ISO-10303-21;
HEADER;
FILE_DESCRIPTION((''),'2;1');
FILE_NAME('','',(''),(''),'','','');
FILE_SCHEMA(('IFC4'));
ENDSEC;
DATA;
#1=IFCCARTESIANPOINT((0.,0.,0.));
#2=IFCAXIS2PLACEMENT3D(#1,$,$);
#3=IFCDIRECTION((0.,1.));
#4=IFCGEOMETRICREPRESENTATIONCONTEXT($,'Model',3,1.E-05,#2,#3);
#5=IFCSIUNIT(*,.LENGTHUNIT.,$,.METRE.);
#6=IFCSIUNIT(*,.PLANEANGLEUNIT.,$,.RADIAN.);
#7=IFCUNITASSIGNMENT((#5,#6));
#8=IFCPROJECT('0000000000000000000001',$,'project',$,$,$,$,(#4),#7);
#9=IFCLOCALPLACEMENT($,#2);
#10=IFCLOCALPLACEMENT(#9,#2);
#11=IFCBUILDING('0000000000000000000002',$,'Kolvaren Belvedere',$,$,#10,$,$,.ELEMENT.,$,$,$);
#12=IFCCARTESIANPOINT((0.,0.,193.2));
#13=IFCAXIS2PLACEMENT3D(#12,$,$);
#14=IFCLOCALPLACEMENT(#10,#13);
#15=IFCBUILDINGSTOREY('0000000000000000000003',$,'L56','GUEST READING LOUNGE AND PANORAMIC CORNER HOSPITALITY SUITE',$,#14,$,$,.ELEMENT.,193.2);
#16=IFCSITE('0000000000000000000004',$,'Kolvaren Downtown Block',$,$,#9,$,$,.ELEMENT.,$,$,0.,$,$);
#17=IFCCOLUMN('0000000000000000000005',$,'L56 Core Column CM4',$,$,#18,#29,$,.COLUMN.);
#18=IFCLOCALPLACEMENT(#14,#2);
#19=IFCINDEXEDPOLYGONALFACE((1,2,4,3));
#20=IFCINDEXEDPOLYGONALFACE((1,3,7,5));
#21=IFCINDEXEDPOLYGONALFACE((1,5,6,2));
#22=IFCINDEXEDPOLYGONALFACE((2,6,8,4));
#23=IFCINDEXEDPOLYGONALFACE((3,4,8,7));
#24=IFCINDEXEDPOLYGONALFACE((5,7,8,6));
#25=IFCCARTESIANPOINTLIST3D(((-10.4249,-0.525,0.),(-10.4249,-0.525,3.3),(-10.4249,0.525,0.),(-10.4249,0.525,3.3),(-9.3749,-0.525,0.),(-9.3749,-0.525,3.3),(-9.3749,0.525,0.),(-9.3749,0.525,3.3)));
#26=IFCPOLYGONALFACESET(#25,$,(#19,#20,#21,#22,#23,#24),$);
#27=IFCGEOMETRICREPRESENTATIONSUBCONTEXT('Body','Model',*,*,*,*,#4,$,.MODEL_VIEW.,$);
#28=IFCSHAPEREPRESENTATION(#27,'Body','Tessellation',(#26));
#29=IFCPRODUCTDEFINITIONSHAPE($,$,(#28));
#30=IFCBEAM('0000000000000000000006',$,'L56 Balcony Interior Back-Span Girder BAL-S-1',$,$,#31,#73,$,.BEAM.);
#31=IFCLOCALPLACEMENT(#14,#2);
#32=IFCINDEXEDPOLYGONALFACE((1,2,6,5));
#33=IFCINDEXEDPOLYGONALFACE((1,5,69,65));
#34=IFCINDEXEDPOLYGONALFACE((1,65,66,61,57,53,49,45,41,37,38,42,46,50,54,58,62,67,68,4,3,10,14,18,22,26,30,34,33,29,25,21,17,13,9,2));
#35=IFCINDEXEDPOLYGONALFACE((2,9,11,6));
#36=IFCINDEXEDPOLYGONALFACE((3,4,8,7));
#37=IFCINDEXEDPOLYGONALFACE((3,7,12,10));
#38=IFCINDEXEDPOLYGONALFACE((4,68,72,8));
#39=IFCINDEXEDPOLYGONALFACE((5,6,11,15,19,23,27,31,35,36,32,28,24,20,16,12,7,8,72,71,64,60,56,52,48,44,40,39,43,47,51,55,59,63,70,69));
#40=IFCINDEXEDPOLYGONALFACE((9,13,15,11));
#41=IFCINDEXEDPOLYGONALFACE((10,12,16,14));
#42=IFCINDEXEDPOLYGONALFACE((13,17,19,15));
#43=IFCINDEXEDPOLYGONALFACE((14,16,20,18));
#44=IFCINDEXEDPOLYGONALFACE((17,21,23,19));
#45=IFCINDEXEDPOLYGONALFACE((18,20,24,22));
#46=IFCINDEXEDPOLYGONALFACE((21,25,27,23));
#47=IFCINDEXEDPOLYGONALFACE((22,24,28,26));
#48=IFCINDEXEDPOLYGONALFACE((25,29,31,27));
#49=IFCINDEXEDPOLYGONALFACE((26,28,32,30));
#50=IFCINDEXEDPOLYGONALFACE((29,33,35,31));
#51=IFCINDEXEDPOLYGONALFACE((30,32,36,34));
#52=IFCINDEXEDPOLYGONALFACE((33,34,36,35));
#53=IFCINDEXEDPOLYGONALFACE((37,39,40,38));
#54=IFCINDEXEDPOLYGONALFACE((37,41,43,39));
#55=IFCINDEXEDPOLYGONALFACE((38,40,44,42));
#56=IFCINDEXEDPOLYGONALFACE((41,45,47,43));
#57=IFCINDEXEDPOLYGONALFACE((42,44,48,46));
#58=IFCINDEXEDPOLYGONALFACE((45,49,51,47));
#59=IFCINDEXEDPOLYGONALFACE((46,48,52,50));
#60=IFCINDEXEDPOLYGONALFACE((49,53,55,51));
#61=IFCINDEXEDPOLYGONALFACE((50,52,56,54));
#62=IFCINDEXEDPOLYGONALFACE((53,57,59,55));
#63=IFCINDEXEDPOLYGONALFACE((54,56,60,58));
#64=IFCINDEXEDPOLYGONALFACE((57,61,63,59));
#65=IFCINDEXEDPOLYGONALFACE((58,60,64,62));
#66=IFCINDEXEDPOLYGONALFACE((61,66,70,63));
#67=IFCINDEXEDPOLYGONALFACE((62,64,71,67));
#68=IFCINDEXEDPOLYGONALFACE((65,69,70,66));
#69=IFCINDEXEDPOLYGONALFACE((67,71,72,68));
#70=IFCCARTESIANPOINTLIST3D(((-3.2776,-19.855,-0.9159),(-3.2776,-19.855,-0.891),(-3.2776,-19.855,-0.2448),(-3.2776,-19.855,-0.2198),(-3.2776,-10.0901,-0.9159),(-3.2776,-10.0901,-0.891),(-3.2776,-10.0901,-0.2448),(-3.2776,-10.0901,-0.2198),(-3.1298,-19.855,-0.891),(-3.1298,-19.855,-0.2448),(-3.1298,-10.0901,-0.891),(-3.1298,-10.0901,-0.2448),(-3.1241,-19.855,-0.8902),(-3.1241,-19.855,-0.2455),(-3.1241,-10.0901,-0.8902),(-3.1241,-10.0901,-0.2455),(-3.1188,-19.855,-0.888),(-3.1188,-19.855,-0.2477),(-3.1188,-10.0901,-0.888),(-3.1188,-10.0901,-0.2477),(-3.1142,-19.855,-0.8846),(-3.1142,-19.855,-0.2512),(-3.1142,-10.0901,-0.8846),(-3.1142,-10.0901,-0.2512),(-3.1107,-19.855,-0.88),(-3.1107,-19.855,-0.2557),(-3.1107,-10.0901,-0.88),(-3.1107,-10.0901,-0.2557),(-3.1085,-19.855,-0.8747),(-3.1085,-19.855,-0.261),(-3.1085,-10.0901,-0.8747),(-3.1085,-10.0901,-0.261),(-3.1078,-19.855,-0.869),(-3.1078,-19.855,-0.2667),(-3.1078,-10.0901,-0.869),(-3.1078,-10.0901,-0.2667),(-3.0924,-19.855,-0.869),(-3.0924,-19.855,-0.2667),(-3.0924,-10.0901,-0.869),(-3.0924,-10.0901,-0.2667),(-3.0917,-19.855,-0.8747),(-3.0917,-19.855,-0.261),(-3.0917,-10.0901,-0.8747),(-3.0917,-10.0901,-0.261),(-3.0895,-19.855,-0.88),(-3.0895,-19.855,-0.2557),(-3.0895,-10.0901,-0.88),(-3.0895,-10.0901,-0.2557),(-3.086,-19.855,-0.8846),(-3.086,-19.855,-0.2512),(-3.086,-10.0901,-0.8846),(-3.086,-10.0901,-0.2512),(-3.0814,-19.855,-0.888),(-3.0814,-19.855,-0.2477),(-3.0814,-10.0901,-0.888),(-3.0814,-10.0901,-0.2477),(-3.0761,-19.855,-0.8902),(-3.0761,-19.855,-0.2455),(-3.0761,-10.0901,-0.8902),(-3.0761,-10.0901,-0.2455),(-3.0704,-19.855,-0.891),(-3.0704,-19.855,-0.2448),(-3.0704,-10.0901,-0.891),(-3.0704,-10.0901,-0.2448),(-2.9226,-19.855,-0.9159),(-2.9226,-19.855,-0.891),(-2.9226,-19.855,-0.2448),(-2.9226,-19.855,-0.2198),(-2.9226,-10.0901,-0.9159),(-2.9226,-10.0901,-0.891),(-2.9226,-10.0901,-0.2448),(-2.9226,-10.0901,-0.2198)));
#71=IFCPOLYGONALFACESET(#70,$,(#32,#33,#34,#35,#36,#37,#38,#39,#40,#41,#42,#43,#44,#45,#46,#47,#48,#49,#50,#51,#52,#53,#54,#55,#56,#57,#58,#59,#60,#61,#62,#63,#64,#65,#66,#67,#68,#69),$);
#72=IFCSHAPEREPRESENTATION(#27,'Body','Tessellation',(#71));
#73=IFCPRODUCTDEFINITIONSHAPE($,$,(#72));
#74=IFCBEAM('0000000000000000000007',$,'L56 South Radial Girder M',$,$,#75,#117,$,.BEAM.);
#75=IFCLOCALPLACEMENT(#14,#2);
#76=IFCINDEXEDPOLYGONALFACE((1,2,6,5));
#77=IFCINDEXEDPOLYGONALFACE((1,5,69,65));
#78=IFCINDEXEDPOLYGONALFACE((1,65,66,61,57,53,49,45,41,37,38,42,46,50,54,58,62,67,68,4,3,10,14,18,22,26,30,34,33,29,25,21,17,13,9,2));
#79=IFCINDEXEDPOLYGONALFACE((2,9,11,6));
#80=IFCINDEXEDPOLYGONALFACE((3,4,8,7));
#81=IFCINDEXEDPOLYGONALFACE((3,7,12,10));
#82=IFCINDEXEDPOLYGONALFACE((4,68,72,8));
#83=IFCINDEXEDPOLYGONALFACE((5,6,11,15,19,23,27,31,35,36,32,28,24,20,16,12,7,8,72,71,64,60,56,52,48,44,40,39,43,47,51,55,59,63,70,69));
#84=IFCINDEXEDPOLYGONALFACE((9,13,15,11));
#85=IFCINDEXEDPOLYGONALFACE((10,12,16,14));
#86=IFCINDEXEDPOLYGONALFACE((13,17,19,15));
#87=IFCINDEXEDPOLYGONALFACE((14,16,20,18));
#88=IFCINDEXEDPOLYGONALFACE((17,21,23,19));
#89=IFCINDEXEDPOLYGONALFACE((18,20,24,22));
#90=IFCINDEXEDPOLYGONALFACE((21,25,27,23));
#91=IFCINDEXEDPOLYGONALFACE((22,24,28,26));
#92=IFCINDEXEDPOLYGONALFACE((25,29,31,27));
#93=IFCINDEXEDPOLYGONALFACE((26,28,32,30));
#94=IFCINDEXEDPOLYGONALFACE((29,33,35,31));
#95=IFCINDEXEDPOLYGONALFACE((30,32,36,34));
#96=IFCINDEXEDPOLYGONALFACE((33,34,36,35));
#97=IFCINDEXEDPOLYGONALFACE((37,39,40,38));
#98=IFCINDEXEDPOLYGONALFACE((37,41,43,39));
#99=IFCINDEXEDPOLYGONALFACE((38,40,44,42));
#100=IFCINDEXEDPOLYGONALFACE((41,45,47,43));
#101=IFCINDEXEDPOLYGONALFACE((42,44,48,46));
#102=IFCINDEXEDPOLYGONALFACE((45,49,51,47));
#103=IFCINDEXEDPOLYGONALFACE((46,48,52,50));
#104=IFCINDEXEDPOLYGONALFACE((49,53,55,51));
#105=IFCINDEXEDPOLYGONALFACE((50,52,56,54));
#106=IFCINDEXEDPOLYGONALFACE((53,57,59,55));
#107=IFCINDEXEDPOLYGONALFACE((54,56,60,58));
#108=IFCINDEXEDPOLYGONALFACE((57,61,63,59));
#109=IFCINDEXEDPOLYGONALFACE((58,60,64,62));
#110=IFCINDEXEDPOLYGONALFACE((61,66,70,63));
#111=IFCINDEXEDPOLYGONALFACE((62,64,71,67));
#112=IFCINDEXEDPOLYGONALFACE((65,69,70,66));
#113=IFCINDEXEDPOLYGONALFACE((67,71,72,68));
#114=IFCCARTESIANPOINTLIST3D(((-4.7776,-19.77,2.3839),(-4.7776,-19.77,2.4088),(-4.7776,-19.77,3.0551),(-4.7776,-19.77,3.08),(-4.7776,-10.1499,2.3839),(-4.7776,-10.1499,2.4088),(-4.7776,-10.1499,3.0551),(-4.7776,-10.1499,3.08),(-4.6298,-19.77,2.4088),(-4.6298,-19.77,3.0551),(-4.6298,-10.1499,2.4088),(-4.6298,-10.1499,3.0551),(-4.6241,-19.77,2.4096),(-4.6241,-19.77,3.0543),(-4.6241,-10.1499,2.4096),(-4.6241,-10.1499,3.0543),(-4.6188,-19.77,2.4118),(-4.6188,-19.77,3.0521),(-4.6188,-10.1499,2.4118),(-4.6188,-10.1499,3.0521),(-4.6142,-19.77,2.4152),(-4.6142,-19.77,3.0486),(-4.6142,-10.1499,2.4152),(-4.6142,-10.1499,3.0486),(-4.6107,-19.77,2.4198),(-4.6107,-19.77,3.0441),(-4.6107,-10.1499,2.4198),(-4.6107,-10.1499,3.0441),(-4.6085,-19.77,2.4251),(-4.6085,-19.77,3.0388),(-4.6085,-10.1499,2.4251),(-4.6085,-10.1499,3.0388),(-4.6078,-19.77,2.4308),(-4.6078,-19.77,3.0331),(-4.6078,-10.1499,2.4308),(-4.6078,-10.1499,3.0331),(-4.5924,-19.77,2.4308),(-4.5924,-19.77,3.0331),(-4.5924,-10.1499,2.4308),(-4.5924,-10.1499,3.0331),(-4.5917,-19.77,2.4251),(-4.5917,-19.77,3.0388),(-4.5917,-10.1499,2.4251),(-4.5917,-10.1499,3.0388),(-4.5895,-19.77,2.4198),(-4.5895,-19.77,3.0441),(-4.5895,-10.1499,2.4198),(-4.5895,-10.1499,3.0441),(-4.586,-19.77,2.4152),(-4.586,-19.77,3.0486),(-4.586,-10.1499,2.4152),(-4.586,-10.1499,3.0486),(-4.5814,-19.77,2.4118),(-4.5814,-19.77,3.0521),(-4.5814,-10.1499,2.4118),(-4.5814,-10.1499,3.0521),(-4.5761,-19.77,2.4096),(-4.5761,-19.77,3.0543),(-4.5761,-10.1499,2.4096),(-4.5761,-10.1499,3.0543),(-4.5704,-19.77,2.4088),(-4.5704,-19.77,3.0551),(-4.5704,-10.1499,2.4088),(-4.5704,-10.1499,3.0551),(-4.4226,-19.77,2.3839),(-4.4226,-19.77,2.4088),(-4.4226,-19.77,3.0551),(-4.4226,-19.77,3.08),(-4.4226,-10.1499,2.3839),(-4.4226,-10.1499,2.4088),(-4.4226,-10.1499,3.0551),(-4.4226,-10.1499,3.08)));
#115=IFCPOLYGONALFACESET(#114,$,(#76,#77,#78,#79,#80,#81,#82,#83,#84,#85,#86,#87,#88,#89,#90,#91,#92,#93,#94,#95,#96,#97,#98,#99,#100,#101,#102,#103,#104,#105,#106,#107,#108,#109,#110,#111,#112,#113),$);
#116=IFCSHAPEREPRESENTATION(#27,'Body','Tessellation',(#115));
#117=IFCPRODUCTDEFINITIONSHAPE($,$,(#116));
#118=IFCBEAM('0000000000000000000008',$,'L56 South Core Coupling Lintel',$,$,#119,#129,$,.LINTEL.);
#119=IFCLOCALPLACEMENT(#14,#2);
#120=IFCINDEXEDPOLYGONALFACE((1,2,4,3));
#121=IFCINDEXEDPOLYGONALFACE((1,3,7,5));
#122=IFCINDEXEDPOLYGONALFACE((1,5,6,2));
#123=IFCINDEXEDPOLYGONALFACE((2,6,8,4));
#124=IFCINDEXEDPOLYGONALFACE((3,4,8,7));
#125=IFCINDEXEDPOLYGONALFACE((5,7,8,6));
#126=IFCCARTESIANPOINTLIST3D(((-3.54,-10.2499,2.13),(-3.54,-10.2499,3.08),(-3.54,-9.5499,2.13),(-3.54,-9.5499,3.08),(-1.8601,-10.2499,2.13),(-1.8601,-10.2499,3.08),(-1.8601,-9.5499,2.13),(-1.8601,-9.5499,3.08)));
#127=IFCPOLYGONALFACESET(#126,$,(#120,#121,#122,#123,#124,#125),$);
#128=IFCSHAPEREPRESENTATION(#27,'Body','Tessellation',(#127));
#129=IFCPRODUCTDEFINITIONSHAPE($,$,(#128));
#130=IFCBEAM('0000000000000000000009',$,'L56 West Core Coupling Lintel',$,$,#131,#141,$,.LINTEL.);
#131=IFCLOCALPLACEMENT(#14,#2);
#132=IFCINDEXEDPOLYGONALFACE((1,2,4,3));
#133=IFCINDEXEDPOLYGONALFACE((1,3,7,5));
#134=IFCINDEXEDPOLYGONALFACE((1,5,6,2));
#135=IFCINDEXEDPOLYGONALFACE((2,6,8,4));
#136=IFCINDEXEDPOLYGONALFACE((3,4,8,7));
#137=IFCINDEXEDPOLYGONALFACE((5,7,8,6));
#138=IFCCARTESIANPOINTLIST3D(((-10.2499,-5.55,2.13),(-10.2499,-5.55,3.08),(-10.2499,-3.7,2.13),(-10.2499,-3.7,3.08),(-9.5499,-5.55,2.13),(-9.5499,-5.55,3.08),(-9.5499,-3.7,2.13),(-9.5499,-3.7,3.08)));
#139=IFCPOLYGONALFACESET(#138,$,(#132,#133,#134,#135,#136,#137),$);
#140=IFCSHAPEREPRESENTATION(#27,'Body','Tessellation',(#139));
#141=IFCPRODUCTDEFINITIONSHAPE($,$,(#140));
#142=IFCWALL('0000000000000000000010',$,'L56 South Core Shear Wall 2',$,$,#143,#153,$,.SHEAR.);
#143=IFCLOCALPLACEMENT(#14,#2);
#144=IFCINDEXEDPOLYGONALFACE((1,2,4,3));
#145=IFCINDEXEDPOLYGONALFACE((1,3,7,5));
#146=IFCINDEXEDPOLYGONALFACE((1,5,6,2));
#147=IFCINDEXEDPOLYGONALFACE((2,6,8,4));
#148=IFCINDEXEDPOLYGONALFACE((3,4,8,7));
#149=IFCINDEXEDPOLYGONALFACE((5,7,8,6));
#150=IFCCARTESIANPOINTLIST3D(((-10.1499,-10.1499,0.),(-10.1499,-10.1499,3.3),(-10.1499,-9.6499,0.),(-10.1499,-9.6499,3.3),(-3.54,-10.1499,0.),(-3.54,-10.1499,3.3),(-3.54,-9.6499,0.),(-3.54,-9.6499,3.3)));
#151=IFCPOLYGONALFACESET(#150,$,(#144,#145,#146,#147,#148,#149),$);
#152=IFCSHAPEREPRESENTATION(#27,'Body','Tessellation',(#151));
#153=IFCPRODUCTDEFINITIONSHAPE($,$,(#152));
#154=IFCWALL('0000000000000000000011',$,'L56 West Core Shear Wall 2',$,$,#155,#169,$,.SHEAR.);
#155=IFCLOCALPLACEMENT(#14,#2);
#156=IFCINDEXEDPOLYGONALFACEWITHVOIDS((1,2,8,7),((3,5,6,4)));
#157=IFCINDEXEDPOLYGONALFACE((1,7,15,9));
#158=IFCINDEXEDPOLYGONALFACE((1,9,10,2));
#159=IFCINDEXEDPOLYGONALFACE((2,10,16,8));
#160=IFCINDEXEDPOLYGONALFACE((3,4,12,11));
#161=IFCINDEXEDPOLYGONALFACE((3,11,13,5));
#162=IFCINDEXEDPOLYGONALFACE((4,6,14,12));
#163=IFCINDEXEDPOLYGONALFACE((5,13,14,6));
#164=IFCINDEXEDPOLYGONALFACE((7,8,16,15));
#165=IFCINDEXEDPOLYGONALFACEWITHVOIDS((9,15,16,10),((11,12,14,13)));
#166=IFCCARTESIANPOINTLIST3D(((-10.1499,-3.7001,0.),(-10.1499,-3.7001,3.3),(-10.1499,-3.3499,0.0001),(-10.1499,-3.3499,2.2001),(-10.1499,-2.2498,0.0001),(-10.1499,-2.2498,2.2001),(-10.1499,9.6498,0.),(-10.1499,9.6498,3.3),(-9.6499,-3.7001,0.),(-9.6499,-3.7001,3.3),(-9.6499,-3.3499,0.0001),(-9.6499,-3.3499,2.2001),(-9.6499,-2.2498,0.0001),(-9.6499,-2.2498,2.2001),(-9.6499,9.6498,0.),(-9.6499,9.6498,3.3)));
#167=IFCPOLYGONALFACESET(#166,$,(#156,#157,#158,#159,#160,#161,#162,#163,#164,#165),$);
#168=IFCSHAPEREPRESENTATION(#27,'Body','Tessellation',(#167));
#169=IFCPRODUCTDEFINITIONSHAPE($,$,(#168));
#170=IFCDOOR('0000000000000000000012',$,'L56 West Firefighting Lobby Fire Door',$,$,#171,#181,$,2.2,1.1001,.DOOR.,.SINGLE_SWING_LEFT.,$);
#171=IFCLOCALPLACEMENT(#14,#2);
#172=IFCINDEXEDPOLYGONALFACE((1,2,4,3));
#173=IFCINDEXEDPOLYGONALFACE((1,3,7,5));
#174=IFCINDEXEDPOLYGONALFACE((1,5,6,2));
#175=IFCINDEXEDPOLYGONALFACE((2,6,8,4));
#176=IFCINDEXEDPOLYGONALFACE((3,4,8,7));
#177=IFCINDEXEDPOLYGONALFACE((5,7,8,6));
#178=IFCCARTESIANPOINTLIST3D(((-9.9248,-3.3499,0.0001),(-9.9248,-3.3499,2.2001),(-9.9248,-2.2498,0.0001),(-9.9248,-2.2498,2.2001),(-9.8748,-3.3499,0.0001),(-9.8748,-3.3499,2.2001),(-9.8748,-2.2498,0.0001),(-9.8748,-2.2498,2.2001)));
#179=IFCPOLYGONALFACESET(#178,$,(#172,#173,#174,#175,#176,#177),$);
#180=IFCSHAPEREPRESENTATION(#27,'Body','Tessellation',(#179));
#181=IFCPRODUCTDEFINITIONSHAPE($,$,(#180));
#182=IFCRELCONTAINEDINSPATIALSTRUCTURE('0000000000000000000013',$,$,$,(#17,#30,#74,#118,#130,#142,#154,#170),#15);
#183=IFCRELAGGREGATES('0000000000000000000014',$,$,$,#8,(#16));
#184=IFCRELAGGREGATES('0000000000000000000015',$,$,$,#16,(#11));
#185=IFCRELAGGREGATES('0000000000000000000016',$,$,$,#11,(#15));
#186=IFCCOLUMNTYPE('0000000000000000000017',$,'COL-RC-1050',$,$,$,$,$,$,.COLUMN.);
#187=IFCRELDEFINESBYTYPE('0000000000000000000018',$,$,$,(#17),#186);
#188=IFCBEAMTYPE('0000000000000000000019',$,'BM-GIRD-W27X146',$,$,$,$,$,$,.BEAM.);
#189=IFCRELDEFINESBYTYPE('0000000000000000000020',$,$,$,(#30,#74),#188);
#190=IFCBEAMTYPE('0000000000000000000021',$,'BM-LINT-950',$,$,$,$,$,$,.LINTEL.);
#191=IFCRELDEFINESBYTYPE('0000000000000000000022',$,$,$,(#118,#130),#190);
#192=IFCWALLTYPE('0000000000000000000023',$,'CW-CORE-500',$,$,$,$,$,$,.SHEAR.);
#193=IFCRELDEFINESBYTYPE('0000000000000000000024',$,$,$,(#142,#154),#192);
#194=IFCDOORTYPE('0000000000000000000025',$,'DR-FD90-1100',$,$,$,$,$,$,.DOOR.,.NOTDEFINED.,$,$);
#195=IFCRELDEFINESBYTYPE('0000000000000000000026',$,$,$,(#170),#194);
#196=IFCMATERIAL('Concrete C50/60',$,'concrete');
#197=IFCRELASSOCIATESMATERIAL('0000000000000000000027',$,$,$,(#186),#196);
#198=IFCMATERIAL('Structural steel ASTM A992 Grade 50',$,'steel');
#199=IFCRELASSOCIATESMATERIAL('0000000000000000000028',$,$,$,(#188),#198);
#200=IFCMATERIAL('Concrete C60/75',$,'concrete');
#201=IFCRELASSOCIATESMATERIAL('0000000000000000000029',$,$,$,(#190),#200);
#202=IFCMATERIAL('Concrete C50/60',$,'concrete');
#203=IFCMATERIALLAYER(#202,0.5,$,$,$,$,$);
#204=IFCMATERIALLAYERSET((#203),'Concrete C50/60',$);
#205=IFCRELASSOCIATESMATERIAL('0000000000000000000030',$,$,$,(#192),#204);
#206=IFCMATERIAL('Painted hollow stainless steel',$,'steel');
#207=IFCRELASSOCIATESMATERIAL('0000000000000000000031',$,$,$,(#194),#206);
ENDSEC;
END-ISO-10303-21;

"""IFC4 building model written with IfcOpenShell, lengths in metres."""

from ifc_helpers import new_model, si_unit, direction, frame, frame_2d, origin, origin_2d, place, context, subcontext, project, spatial, rectangle, i_section, extrude, material, layer, layer_set, material_profile, profile_set, type_object, element, fill, save


model = new_model("IFC4")

# Units and contexts
model_context = context("Model", 3, precision=1e-05, world=origin(), true_north=direction((0.0, 1.0)))
body_context = subcontext(model_context, "Body", "Model", "MODEL_VIEW")
ifc_project = project(units=[si_unit("LENGTHUNIT", "METRE"), si_unit("PLANEANGLEUNIT", "RADIAN")], contexts=[model_context])

# Site, building, storey
site_placement = place(None, origin())
site = spatial("IfcSite", under=ifc_project, at=site_placement, Name="Kolvaren Downtown Block", CompositionType="ELEMENT", RefElevation=0.0)
building_placement = place(site_placement, origin())
building = spatial("IfcBuilding", under=site, at=building_placement, Name="Kolvaren Belvedere", CompositionType="ELEMENT")
storey_placement = place(building_placement, frame((0.0, 0.0, 193.2)))
storey = spatial("IfcBuildingStorey", under=building, at=storey_placement, Name="L56", Description="GUEST READING LOUNGE AND PANORAMIC CORNER HOSPITALITY SUITE", CompositionType="ELEMENT", Elevation=193.2)

# Column
ifc_material_1 = material(Name="Concrete C50/60", Category="concrete")
ifc_material_profile_1 = material_profile(ifc_material_1, rectangle(XDim=1.05, YDim=1.05, at=origin_2d()), Name="RC 1050X1050")
ifc_profile_set_1 = profile_set([ifc_material_profile_1], Name="Concrete C50/60")
column_type = type_object("IfcColumnType", Name="COL-RC-1050", PredefinedType="COLUMN", material=ifc_profile_set_1)
column_placement = place(storey_placement, frame((-9.8999, 0.0, 0.0), z_axis=(0.0, 0.0, 1.0), x_axis=(1.0, 0.0, 0.0)))
element("IfcColumn", 1, at=column_placement, inside=storey, type_object=column_type, Name="L56 Core Column CM4", PredefinedType="COLUMN", context=body_context, shape_type="SweptSolid", body=[
    extrude(rectangle(XDim=1.05, YDim=1.05, at=origin_2d()), origin(), (0.0, 0.0, 1.0), 3.3),
])

# Beams
ifc_material_2 = material(Name="Structural steel ASTM A992 Grade 50", Category="steel")
ifc_material_profile_2 = material_profile(ifc_material_2, i_section(OverallWidth=0.355, OverallDepth=0.696, WebThickness=0.0154, FlangeThickness=0.0249, FilletRadius=0.022, at=origin_2d()), Name="W27X146")
ifc_profile_set_2 = profile_set([ifc_material_profile_2], Name="Structural steel ASTM A992 Grade 50")
beam_type_1 = type_object("IfcBeamType", Name="BM-GIRD-W27X146", PredefinedType="BEAM", material=ifc_profile_set_2)
beam_1_placement = place(storey_placement, frame((-3.1001, -10.0901, -0.5679), z_axis=(0.0, -1.0, 0.0), x_axis=(1.0, 0.0, 0.0)))
element("IfcBeam", 2, at=beam_1_placement, inside=storey, type_object=beam_type_1, Name="L56 Balcony Interior Back-Span Girder BAL-S-1", PredefinedType="BEAM", context=body_context, shape_type="SweptSolid", body=[
    extrude(i_section(OverallWidth=0.355, OverallDepth=0.696, WebThickness=0.0154, FlangeThickness=0.0249, FilletRadius=0.022, at=origin_2d()), origin(), (0.0, 0.0, 1.0), 9.7649),
])
beam_2_placement = place(storey_placement, frame((-4.6001, -10.1499, 2.7319), z_axis=(0.0, -1.0, 0.0), x_axis=(1.0, 0.0, 0.0)))
element("IfcBeam", 3, at=beam_2_placement, inside=storey, type_object=beam_type_1, Name="L56 South Radial Girder M", PredefinedType="BEAM", context=body_context, shape_type="SweptSolid", body=[
    extrude(i_section(OverallWidth=0.355, OverallDepth=0.696, WebThickness=0.0154, FlangeThickness=0.0249, FilletRadius=0.022, at=origin_2d()), origin(), (0.0, 0.0, 1.0), 9.6201),
])
ifc_material_3 = material(Name="Concrete C60/75", Category="concrete")
ifc_material_profile_3 = material_profile(ifc_material_3, rectangle(XDim=0.7, YDim=0.95, at=origin_2d()), Name="RC 700X950")
ifc_profile_set_3 = profile_set([ifc_material_profile_3], Name="Concrete C60/75")
beam_type_2 = type_object("IfcBeamType", Name="BM-LINT-950", PredefinedType="LINTEL", material=ifc_profile_set_3)
beam_3_placement = place(storey_placement, frame((-3.54, -9.8999, 2.605), z_axis=(1.0, 0.0, 0.0), x_axis=(0.0, 1.0, 0.0)))
element("IfcBeam", 4, at=beam_3_placement, inside=storey, type_object=beam_type_2, Name="L56 South Core Coupling Lintel", PredefinedType="LINTEL", context=body_context, shape_type="SweptSolid", body=[
    extrude(rectangle(XDim=0.7, YDim=0.95, at=origin_2d()), origin(), (0.0, 0.0, 1.0), 1.6799),
])
beam_4_placement = place(storey_placement, frame((-9.8999, -5.55, 2.605), z_axis=(0.0, 1.0, 0.0), x_axis=(-1.0, 0.0, 0.0)))
element("IfcBeam", 5, at=beam_4_placement, inside=storey, type_object=beam_type_2, Name="L56 West Core Coupling Lintel", PredefinedType="LINTEL", context=body_context, shape_type="SweptSolid", body=[
    extrude(rectangle(XDim=0.7, YDim=0.95, at=origin_2d()), origin(), (0.0, 0.0, 1.0), 1.8501),
])

# Wall
ifc_material_4 = material(Name="Concrete C50/60", Category="concrete")
ifc_layer_1 = layer(ifc_material_4, 0.5)
ifc_layer_set_1 = layer_set([ifc_layer_1], Name="Concrete C50/60")
wall_type_1 = type_object("IfcWallType", Name="CW-CORE-500", PredefinedType="SHEAR", material=ifc_layer_set_1)
wall_1_placement = place(storey_placement, frame((-3.54, -9.8999, 0.0), z_axis=(0.0, 0.0, 1.0), x_axis=(-1.0, 0.0, 0.0)))
element("IfcWall", 6, at=wall_1_placement, inside=storey, type_object=wall_type_1, Name="L56 South Core Shear Wall 2", PredefinedType="SHEAR", context=body_context, shape_type="SweptSolid", body=[
    extrude(rectangle(XDim=6.6099, YDim=0.5, at=frame_2d((3.3049, 0.0))), origin(), (0.0, 0.0, 1.0), 3.3),
])

# Wall, opening, door
wall_2_placement = place(storey_placement, frame((-9.8999, -3.7, 0.0), z_axis=(0.0, 0.0, 1.0), x_axis=(0.0, 1.0, 0.0)))
wall_2 = element("IfcWall", 7, at=wall_2_placement, inside=storey, type_object=wall_type_1, Name="L56 West Core Shear Wall 2", PredefinedType="SHEAR", context=body_context, shape_type="SweptSolid", body=[
    extrude(rectangle(XDim=13.3499, YDim=0.5, at=frame_2d((6.6748, 0.0))), origin(), (0.0, 0.0, 1.0), 3.3),
])
opening_1_placement = place(wall_2_placement, frame((0.3501, 0.0, 0.0)))
opening_1 = element("IfcOpeningElement", 8, at=opening_1_placement, cuts=wall_2, PredefinedType="OPENING", context=body_context, shape_type="SweptSolid", body=[
    extrude(rectangle(XDim=1.1001, YDim=2.2, at=frame_2d((0.55, 1.1001))), frame((0.0, 0.26, 0.0), z_axis=(0.0, -1.0, 0.0), x_axis=(1.0, 0.0, 0.0)), (0.0, 0.0, 1.0), 0.52),
])
ifc_material_5 = material(Name="Painted hollow stainless steel", Category="steel")
door_type_1 = type_object("IfcDoorType", Name="DR-FD90-1100", OperationType="NOTDEFINED", PredefinedType="DOOR", material=ifc_material_5)
door_1_placement = place(opening_1_placement, origin())
door_1 = element("IfcDoor", 9, at=door_1_placement, inside=storey, type_object=door_type_1, Name="L56 West Firefighting Lobby Fire Door", OperationType="SINGLE_SWING_LEFT", OverallHeight=2.2, OverallWidth=1.1001, PredefinedType="DOOR", context=body_context, shape_type="SweptSolid", body=[
    extrude(rectangle(XDim=1.1001, YDim=2.2, at=frame_2d((0.55, 1.1001))), frame((0.0, 0.0249, 0.0), z_axis=(0.0, -1.0, 0.0), x_axis=(1.0, 0.0, 0.0)), (0.0, 0.0, 1.0), 0.05),
])
fill(opening_1, door_1)

save(model, "model.ifc")
